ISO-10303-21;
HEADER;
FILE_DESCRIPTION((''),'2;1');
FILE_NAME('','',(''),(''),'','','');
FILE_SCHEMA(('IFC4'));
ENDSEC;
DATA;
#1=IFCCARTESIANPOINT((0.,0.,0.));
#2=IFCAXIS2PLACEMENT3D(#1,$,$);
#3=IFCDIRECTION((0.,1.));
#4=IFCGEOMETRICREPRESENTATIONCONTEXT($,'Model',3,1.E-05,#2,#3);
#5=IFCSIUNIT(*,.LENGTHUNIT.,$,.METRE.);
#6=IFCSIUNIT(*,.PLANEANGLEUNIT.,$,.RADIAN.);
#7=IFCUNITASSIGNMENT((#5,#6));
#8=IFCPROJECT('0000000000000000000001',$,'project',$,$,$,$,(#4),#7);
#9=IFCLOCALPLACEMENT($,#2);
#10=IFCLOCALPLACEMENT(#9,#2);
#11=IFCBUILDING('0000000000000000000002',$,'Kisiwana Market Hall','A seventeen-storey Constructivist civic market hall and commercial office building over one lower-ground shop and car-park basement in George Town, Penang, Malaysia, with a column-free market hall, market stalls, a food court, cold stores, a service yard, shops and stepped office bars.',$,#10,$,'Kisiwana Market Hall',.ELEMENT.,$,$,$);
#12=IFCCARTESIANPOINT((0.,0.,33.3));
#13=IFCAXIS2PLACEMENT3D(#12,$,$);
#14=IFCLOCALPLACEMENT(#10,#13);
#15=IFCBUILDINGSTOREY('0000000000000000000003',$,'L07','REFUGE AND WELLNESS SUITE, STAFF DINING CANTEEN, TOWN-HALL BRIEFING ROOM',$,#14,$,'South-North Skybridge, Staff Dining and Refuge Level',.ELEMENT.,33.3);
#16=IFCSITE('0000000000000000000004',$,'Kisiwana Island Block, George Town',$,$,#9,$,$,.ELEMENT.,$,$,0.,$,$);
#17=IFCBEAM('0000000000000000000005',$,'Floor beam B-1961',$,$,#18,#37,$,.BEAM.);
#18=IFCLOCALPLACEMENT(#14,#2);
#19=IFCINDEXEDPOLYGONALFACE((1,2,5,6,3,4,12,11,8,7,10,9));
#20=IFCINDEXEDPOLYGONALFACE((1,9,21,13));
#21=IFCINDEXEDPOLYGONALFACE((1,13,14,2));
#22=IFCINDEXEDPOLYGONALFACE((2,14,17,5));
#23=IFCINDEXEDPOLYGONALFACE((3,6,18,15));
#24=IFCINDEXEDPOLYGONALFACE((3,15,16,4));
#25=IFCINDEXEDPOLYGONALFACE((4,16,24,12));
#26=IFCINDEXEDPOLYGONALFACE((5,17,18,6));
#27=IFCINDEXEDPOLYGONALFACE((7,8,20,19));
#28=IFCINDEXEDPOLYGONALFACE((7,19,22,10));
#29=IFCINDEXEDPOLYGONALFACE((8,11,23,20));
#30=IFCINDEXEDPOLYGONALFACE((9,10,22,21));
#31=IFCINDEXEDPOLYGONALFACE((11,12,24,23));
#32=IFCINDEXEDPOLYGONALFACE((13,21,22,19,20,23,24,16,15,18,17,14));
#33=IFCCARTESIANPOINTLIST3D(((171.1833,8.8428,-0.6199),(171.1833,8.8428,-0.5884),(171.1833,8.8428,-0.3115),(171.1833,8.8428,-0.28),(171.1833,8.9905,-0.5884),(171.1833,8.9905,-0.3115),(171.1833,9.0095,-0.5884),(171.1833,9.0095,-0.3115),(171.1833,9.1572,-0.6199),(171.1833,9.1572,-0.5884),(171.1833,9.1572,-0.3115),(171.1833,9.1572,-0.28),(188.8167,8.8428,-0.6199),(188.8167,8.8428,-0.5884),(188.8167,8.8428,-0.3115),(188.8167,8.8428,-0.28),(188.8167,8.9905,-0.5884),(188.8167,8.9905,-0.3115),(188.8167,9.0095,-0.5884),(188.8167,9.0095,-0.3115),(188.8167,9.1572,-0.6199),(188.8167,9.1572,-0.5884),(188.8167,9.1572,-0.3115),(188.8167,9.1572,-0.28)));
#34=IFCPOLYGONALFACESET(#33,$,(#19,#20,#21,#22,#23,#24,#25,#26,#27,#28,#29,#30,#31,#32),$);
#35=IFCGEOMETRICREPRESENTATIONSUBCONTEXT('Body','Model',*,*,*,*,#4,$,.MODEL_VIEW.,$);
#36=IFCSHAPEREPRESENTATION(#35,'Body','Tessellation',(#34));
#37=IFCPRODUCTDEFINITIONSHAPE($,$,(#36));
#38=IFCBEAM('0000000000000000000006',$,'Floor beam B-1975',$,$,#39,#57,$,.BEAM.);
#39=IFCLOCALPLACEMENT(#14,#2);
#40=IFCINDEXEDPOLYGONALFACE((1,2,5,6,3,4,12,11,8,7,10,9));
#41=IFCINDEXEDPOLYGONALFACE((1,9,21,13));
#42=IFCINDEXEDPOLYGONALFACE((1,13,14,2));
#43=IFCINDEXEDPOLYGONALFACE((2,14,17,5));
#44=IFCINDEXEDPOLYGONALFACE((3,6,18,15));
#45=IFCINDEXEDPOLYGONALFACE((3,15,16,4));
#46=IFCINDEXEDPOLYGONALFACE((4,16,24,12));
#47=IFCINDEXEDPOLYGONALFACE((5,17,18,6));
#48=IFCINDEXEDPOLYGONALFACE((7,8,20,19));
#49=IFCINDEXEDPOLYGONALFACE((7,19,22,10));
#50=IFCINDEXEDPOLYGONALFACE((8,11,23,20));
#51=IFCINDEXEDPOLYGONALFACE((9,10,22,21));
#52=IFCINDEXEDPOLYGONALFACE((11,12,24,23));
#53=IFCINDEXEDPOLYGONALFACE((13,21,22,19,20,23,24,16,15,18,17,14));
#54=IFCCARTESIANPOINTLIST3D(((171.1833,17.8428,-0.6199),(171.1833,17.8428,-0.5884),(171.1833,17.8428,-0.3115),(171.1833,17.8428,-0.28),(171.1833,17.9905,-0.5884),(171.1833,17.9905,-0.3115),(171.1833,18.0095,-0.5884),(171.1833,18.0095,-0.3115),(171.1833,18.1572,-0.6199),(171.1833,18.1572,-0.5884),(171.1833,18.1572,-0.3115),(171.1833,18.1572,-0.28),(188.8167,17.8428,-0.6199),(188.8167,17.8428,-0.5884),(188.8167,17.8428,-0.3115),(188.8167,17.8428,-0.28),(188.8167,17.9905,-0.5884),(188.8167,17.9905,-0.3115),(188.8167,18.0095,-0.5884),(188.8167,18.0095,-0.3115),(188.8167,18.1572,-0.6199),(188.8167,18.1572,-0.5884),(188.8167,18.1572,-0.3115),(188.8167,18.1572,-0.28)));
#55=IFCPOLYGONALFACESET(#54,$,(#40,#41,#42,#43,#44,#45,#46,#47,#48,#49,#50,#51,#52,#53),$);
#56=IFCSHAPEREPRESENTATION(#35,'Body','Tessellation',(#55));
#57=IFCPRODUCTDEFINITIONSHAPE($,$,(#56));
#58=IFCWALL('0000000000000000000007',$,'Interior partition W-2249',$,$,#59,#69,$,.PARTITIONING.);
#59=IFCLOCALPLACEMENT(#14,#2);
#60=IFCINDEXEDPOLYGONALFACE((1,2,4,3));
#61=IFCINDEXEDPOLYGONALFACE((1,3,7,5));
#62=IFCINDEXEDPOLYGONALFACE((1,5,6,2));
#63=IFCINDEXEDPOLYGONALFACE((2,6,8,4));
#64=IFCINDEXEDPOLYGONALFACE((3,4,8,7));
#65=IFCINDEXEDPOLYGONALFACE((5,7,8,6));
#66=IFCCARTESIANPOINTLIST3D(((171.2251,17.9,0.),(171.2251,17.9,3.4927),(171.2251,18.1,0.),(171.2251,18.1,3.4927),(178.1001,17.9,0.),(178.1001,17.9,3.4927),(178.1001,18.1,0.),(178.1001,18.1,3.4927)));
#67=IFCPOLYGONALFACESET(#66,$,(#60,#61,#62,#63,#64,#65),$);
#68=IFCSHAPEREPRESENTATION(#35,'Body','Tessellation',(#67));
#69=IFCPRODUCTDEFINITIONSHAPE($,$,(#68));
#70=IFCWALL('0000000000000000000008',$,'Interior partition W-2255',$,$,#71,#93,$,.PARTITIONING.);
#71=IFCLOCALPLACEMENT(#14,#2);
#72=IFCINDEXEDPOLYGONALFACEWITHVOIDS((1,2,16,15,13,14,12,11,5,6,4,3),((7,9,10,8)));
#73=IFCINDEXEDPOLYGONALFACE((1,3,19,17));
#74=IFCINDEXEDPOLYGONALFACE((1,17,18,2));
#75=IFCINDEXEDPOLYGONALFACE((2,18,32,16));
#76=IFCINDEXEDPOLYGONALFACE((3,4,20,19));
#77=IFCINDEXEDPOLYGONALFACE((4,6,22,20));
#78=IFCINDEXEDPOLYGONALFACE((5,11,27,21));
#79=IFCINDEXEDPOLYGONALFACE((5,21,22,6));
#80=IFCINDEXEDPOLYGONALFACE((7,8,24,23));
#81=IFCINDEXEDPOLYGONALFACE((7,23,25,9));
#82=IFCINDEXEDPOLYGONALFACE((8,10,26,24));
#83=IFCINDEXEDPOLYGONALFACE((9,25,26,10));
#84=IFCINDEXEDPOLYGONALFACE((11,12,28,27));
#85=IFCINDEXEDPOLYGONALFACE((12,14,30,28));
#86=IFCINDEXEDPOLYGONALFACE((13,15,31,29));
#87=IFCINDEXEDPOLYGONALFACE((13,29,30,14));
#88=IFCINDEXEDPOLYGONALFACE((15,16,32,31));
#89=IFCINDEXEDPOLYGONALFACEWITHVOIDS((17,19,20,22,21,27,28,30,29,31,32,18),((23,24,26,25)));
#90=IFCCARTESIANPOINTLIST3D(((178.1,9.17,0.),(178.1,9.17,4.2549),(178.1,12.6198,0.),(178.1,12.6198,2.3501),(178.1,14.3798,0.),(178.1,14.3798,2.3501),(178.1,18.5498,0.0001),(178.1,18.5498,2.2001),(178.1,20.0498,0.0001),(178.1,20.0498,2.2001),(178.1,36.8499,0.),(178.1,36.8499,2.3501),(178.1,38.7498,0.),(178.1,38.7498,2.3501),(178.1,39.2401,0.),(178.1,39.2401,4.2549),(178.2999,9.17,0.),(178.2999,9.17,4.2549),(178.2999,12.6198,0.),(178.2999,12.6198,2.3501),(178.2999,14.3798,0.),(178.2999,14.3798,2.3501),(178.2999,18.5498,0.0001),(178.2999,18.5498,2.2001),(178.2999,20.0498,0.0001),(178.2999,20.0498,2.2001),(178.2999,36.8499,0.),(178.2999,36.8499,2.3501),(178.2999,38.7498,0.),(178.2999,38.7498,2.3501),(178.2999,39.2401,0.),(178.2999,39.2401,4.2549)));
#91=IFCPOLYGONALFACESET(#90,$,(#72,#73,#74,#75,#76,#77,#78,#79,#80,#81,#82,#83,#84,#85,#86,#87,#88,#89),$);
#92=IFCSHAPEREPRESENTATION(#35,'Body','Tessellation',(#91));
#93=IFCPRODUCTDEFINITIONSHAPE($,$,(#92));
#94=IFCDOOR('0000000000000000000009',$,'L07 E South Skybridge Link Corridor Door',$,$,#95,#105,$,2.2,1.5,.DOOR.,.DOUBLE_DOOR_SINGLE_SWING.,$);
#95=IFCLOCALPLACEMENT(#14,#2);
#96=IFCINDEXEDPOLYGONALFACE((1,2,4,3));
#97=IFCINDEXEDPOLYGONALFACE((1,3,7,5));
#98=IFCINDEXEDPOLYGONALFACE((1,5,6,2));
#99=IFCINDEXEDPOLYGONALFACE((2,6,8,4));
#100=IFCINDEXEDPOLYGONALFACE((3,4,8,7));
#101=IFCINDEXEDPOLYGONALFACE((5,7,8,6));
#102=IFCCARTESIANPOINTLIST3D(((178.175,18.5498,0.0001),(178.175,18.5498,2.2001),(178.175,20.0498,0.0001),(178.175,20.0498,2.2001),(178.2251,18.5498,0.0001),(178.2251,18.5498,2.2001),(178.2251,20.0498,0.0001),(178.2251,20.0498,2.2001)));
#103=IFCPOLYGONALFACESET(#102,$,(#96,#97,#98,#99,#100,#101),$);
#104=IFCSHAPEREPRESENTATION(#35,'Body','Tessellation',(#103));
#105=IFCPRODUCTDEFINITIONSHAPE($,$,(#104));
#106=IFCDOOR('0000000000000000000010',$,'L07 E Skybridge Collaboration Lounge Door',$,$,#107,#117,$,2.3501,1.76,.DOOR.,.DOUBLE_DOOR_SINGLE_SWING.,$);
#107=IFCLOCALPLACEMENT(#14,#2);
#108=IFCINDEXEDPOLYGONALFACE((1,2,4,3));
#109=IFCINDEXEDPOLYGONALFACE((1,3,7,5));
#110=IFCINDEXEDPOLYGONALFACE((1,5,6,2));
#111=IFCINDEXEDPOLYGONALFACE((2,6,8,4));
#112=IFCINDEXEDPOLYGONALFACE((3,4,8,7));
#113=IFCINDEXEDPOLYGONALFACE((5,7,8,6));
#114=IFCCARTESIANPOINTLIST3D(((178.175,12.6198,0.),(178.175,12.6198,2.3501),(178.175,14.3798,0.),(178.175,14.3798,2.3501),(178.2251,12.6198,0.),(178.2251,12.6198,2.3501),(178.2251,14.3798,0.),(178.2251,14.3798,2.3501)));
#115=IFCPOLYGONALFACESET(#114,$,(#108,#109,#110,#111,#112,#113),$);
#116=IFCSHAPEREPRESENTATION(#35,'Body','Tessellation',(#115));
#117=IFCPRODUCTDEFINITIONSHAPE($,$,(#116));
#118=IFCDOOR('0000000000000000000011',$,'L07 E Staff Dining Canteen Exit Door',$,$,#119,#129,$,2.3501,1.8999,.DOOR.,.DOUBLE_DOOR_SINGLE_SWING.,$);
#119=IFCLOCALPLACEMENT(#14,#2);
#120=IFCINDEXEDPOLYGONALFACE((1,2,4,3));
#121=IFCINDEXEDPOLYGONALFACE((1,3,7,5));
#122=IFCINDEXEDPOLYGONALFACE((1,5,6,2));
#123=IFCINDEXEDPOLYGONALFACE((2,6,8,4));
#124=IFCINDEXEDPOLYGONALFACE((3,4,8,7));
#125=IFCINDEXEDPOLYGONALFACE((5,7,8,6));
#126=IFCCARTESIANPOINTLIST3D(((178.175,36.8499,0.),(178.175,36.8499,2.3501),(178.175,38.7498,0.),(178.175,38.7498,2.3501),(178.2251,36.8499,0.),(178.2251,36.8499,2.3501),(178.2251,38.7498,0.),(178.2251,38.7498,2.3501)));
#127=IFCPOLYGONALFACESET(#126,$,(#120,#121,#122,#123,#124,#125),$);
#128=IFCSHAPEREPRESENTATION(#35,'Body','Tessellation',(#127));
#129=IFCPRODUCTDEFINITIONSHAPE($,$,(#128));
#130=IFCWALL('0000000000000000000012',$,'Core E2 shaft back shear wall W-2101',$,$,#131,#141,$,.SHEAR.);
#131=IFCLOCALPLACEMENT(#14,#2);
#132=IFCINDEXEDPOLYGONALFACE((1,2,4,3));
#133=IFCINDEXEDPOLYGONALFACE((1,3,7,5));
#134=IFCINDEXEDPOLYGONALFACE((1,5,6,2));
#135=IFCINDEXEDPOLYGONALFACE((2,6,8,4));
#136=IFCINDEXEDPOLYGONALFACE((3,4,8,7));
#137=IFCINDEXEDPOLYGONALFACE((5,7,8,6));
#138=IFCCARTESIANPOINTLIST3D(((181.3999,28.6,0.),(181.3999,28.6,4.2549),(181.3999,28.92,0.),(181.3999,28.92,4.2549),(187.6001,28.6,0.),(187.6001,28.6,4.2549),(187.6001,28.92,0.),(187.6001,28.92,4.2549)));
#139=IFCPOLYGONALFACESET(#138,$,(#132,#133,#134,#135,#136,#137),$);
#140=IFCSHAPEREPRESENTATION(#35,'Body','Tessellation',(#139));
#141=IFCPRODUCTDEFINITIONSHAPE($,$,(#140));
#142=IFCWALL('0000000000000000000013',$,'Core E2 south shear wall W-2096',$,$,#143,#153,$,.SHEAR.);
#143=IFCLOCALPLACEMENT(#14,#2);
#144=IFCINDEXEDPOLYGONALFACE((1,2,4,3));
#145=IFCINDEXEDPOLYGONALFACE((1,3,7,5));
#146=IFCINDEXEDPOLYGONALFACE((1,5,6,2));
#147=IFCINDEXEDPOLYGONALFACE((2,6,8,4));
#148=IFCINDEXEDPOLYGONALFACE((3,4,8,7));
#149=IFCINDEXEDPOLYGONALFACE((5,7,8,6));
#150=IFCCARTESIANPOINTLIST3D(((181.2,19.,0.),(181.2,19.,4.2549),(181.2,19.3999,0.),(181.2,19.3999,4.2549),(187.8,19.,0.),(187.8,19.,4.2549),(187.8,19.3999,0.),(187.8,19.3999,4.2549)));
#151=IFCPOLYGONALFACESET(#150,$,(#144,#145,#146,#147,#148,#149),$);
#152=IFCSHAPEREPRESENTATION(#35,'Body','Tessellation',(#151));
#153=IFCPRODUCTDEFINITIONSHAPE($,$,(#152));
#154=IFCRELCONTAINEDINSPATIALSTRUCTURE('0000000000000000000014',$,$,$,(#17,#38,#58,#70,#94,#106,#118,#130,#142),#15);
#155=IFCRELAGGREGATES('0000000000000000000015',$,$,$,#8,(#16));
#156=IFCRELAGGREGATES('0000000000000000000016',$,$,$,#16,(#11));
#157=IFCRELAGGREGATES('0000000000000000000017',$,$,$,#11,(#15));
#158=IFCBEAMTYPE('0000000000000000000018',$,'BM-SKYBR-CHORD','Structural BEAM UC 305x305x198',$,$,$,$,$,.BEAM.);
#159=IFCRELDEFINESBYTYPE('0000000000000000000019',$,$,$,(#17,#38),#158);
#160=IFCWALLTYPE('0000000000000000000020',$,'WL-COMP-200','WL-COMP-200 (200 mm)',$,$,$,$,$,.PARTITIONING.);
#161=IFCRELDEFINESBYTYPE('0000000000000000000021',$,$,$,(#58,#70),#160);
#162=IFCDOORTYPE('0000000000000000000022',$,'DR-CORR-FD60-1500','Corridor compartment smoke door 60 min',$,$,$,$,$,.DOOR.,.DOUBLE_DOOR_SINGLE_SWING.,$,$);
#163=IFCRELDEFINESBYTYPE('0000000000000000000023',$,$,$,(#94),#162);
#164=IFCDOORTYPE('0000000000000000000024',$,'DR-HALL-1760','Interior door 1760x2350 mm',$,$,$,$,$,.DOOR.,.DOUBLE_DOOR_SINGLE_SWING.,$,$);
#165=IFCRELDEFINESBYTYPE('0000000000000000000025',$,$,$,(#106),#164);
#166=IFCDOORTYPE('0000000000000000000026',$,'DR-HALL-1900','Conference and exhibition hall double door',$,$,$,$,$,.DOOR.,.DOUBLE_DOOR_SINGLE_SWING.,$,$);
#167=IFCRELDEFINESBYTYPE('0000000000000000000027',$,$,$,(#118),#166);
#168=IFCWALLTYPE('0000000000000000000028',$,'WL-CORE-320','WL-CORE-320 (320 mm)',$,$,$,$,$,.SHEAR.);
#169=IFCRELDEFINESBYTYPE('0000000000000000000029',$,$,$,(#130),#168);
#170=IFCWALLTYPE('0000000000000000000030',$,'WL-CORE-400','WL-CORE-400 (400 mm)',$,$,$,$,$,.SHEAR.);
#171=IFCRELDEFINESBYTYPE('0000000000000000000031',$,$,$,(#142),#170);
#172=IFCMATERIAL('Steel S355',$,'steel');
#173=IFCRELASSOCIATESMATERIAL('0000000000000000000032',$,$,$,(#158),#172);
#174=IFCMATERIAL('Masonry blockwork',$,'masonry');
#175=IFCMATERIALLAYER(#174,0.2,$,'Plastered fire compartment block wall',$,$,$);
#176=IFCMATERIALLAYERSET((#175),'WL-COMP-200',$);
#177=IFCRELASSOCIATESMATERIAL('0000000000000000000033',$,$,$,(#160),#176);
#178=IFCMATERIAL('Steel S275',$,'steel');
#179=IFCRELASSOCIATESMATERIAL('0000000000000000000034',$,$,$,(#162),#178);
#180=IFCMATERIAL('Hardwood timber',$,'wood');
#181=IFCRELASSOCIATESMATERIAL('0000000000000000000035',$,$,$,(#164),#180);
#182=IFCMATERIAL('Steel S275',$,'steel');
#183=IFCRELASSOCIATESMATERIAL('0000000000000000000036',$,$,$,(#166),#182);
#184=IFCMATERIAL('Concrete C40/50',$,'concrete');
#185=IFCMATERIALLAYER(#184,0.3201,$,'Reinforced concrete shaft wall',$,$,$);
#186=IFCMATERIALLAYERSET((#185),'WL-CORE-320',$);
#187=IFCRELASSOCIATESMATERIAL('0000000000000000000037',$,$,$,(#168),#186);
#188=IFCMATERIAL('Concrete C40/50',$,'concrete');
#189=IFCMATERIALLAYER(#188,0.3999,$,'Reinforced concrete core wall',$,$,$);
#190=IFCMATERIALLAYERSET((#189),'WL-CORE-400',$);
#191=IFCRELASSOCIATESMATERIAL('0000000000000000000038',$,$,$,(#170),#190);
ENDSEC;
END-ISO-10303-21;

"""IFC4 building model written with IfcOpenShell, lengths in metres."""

from ifc_helpers import new_model, si_unit, direction, frame, frame_2d, origin, origin_2d, place, context, subcontext, project, spatial, rectangle, i_section, extrude, material, layer, layer_set, material_profile, profile_set, type_object, element, fill, save


model = new_model("IFC4")

# Units and contexts
model_context = context("Model", 3, precision=1e-05, world=origin(), true_north=direction((0.0, 1.0)))
body_context = subcontext(model_context, "Body", "Model", "MODEL_VIEW")
ifc_project = project(units=[si_unit("LENGTHUNIT", "METRE"), si_unit("PLANEANGLEUNIT", "RADIAN")], contexts=[model_context])

# Site, building, storey
site_placement = place(None, origin())
site = spatial("IfcSite", under=ifc_project, at=site_placement, Name="Kisiwana Island Block, George Town", CompositionType="ELEMENT", RefElevation=0.0)
building_placement = place(site_placement, origin())
building = spatial("IfcBuilding", under=site, at=building_placement, Name="Kisiwana Market Hall", Description="A seventeen-storey Constructivist civic market hall and commercial office building over one lower-ground shop and car-park basement in George Town, Penang, Malaysia, with a column-free market hall, market stalls, a food court, cold stores, a service yard, shops and stepped office bars.", LongName="Kisiwana Market Hall", CompositionType="ELEMENT")
storey_placement = place(building_placement, frame((0.0, 0.0, 33.3)))
storey = spatial("IfcBuildingStorey", under=building, at=storey_placement, Name="L07", Description="REFUGE AND WELLNESS SUITE, STAFF DINING CANTEEN, TOWN-HALL BRIEFING ROOM", LongName="South-North Skybridge, Staff Dining and Refuge Level", CompositionType="ELEMENT", Elevation=33.3)

# Beams
ifc_material_1 = material(Name="Steel S355", Category="steel")
ifc_material_profile = material_profile(ifc_material_1, i_section(OverallWidth=0.3145, OverallDepth=0.3398, WebThickness=0.019, FlangeThickness=0.0315, at=origin_2d()), Name="UC 305x305x198")
ifc_profile_set = profile_set([ifc_material_profile], Name="Steel S355")
beam_type = type_object("IfcBeamType", Name="BM-SKYBR-CHORD", Description="Structural BEAM UC 305x305x198", PredefinedType="BEAM", material=ifc_profile_set)
for number, where, z_axis, x_axis, name in (
    (1, (171.1833, 9.0, -0.45), (1.0, 0.0, 0.0), (0.0, 1.0, 0.0), "Floor beam B-1961"),
    (2, (171.1833, 18.0, -0.45), (1.0, 0.0, 0.0), (0.0, 1.0, 0.0), "Floor beam B-1975"),
):
    element("IfcBeam", number, at=place(storey_placement, frame(where, z_axis=z_axis, x_axis=x_axis)), inside=storey, type_object=beam_type, Name=name, PredefinedType="BEAM", context=body_context, shape_type="SweptSolid", body=[
        extrude(i_section(OverallWidth=0.3145, OverallDepth=0.3398, WebThickness=0.019, FlangeThickness=0.0315, at=origin_2d()), origin(), (0.0, 0.0, 1.0), 17.6333),
    ])

# Wall
ifc_material_2 = material(Name="Masonry blockwork", Category="masonry")
ifc_layer_1 = layer(ifc_material_2, 0.2, Name="Plastered fire compartment block wall")
ifc_layer_set_1 = layer_set([ifc_layer_1], Name="WL-COMP-200")
wall_type_1 = type_object("IfcWallType", Name="WL-COMP-200", Description="WL-COMP-200 (200 mm)", PredefinedType="PARTITIONING", material=ifc_layer_set_1)
wall_1_placement = place(storey_placement, frame((171.2251, 18.0, 0.0), z_axis=(0.0, 0.0, 1.0), x_axis=(1.0, 0.0, 0.0)))
element("IfcWall", 3, at=wall_1_placement, inside=storey, type_object=wall_type_1, Name="Interior partition W-2249", PredefinedType="PARTITIONING", context=body_context, shape_type="SweptSolid", body=[
    extrude(rectangle(XDim=6.875, YDim=0.2, at=frame_2d((3.4375, 0.0))), origin(), (0.0, 0.0, 1.0), 3.4927),
])

# Wall, openings, doors
wall_2_placement = place(storey_placement, frame((178.2, 9.1699, 0.0), z_axis=(0.0, 0.0, 1.0), x_axis=(0.0, 1.0, 0.0)))
wall_2 = element("IfcWall", 4, at=wall_2_placement, inside=storey, type_object=wall_type_1, Name="Interior partition W-2255", PredefinedType="PARTITIONING", context=body_context, shape_type="SweptSolid", body=[
    extrude(rectangle(XDim=30.0701, YDim=0.2, at=frame_2d((15.0352, 0.0))), origin(), (0.0, 0.0, 1.0), 4.2549),
])
opening_1_placement = place(wall_2_placement, frame((3.45, 0.0, 0.0)))
opening_1 = element("IfcOpeningElement", 5, at=opening_1_placement, cuts=wall_2, PredefinedType="OPENING", context=body_context, shape_type="SweptSolid", body=[
    extrude(rectangle(XDim=1.76, YDim=2.3501, at=frame_2d((0.8799, 1.175))), frame((0.0, 0.1118, 0.0), z_axis=(0.0, -1.0, 0.0), x_axis=(1.0, 0.0, 0.0)), (0.0, 0.0, 1.0), 0.2239),
])
opening_2_placement = place(wall_2_placement, frame((9.3799, 0.0, 0.0)))
opening_2 = element("IfcOpeningElement", 6, at=opening_2_placement, cuts=wall_2, PredefinedType="OPENING", context=body_context, shape_type="SweptSolid", body=[
    extrude(rectangle(XDim=1.5, YDim=2.2, at=frame_2d((0.75, 1.1001))), frame((0.0, 0.1118, 0.0), z_axis=(0.0, -1.0, 0.0), x_axis=(1.0, 0.0, 0.0)), (0.0, 0.0, 1.0), 0.2239),
])
opening_3_placement = place(wall_2_placement, frame((27.6799, 0.0, 0.0)))
opening_3 = element("IfcOpeningElement", 7, at=opening_3_placement, cuts=wall_2, PredefinedType="OPENING", context=body_context, shape_type="SweptSolid", body=[
    extrude(rectangle(XDim=1.8999, YDim=2.3501, at=frame_2d((0.95, 1.175))), frame((0.0, 0.1118, 0.0), z_axis=(0.0, -1.0, 0.0), x_axis=(1.0, 0.0, 0.0)), (0.0, 0.0, 1.0), 0.2239),
])
ifc_material_3 = material(Name="Steel S275", Category="steel")
door_type_1 = type_object("IfcDoorType", Name="DR-CORR-FD60-1500", Description="Corridor compartment smoke door 60 min", OperationType="DOUBLE_DOOR_SINGLE_SWING", PredefinedType="DOOR", material=ifc_material_3)
door_1_placement = place(opening_2_placement, origin())
door_1 = element("IfcDoor", 8, at=door_1_placement, inside=storey, type_object=door_type_1, Name="L07 E South Skybridge Link Corridor Door", OperationType="DOUBLE_DOOR_SINGLE_SWING", OverallHeight=2.2, OverallWidth=1.5, PredefinedType="DOOR", context=body_context, shape_type="SweptSolid", body=[
    extrude(rectangle(XDim=1.5, YDim=2.2, at=frame_2d((0.75, 1.1001))), frame((0.0, 0.0249, 0.0), z_axis=(0.0, -1.0, 0.0), x_axis=(1.0, 0.0, 0.0)), (0.0, 0.0, 1.0), 0.05),
])
fill(opening_2, door_1)
ifc_material_4 = material(Name="Hardwood timber", Category="wood")
door_type_2 = type_object("IfcDoorType", Name="DR-HALL-1760", Description="Interior door 1760x2350 mm", OperationType="DOUBLE_DOOR_SINGLE_SWING", PredefinedType="DOOR", material=ifc_material_4)
door_2_placement = place(opening_1_placement, origin())
door_2 = element("IfcDoor", 9, at=door_2_placement, inside=storey, type_object=door_type_2, Name="L07 E Skybridge Collaboration Lounge Door", OperationType="DOUBLE_DOOR_SINGLE_SWING", OverallHeight=2.3501, OverallWidth=1.76, PredefinedType="DOOR", context=body_context, shape_type="SweptSolid", body=[
    extrude(rectangle(XDim=1.76, YDim=2.3501, at=frame_2d((0.8799, 1.175))), frame((0.0, 0.0249, 0.0), z_axis=(0.0, -1.0, 0.0), x_axis=(1.0, 0.0, 0.0)), (0.0, 0.0, 1.0), 0.05),
])
fill(opening_1, door_2)
ifc_material_5 = material(Name="Steel S275", Category="steel")
door_type_3 = type_object("IfcDoorType", Name="DR-HALL-1900", Description="Conference and exhibition hall double door", OperationType="DOUBLE_DOOR_SINGLE_SWING", PredefinedType="DOOR", material=ifc_material_5)
door_3_placement = place(opening_3_placement, origin())
door_3 = element("IfcDoor", 10, at=door_3_placement, inside=storey, type_object=door_type_3, Name="L07 E Staff Dining Canteen Exit Door", OperationType="DOUBLE_DOOR_SINGLE_SWING", OverallHeight=2.3501, OverallWidth=1.8999, PredefinedType="DOOR", context=body_context, shape_type="SweptSolid", body=[
    extrude(rectangle(XDim=1.8999, YDim=2.3501, at=frame_2d((0.95, 1.175))), frame((0.0, 0.0249, 0.0), z_axis=(0.0, -1.0, 0.0), x_axis=(1.0, 0.0, 0.0)), (0.0, 0.0, 1.0), 0.05),
])
fill(opening_3, door_3)

# Walls
ifc_material_6 = material(Name="Concrete C40/50", Category="concrete")
ifc_layer_2 = layer(ifc_material_6, 0.3201, Name="Reinforced concrete shaft wall")
ifc_layer_set_2 = layer_set([ifc_layer_2], Name="WL-CORE-320")
wall_type_2 = type_object("IfcWallType", Name="WL-CORE-320", Description="WL-CORE-320 (320 mm)", PredefinedType="SHEAR", material=ifc_layer_set_2)
wall_3_placement = place(storey_placement, frame((181.3999, 28.76, 0.0), z_axis=(0.0, 0.0, 1.0), x_axis=(1.0, 0.0, 0.0)))
element("IfcWall", 11, at=wall_3_placement, inside=storey, type_object=wall_type_2, Name="Core E2 shaft back shear wall W-2101", PredefinedType="SHEAR", context=body_context, shape_type="SweptSolid", body=[
    extrude(rectangle(XDim=6.2002, YDim=0.3201, at=frame_2d((3.1001, 0.0))), origin(), (0.0, 0.0, 1.0), 4.2549),
])
ifc_material_7 = material(Name="Concrete C40/50", Category="concrete")
ifc_layer_3 = layer(ifc_material_7, 0.3999, Name="Reinforced concrete core wall")
ifc_layer_set_3 = layer_set([ifc_layer_3], Name="WL-CORE-400")
wall_type_3 = type_object("IfcWallType", Name="WL-CORE-400", Description="WL-CORE-400 (400 mm)", PredefinedType="SHEAR", material=ifc_layer_set_3)
wall_4_placement = place(storey_placement, frame((181.2, 19.2, 0.0), z_axis=(0.0, 0.0, 1.0), x_axis=(1.0, 0.0, 0.0)))
element("IfcWall", 12, at=wall_4_placement, inside=storey, type_object=wall_type_3, Name="Core E2 south shear wall W-2096", PredefinedType="SHEAR", context=body_context, shape_type="SweptSolid", body=[
    extrude(rectangle(XDim=6.6001, YDim=0.3999, at=frame_2d((3.3, 0.0))), origin(), (0.0, 0.0, 1.0), 4.2549),
])

save(model, "model.ifc")
